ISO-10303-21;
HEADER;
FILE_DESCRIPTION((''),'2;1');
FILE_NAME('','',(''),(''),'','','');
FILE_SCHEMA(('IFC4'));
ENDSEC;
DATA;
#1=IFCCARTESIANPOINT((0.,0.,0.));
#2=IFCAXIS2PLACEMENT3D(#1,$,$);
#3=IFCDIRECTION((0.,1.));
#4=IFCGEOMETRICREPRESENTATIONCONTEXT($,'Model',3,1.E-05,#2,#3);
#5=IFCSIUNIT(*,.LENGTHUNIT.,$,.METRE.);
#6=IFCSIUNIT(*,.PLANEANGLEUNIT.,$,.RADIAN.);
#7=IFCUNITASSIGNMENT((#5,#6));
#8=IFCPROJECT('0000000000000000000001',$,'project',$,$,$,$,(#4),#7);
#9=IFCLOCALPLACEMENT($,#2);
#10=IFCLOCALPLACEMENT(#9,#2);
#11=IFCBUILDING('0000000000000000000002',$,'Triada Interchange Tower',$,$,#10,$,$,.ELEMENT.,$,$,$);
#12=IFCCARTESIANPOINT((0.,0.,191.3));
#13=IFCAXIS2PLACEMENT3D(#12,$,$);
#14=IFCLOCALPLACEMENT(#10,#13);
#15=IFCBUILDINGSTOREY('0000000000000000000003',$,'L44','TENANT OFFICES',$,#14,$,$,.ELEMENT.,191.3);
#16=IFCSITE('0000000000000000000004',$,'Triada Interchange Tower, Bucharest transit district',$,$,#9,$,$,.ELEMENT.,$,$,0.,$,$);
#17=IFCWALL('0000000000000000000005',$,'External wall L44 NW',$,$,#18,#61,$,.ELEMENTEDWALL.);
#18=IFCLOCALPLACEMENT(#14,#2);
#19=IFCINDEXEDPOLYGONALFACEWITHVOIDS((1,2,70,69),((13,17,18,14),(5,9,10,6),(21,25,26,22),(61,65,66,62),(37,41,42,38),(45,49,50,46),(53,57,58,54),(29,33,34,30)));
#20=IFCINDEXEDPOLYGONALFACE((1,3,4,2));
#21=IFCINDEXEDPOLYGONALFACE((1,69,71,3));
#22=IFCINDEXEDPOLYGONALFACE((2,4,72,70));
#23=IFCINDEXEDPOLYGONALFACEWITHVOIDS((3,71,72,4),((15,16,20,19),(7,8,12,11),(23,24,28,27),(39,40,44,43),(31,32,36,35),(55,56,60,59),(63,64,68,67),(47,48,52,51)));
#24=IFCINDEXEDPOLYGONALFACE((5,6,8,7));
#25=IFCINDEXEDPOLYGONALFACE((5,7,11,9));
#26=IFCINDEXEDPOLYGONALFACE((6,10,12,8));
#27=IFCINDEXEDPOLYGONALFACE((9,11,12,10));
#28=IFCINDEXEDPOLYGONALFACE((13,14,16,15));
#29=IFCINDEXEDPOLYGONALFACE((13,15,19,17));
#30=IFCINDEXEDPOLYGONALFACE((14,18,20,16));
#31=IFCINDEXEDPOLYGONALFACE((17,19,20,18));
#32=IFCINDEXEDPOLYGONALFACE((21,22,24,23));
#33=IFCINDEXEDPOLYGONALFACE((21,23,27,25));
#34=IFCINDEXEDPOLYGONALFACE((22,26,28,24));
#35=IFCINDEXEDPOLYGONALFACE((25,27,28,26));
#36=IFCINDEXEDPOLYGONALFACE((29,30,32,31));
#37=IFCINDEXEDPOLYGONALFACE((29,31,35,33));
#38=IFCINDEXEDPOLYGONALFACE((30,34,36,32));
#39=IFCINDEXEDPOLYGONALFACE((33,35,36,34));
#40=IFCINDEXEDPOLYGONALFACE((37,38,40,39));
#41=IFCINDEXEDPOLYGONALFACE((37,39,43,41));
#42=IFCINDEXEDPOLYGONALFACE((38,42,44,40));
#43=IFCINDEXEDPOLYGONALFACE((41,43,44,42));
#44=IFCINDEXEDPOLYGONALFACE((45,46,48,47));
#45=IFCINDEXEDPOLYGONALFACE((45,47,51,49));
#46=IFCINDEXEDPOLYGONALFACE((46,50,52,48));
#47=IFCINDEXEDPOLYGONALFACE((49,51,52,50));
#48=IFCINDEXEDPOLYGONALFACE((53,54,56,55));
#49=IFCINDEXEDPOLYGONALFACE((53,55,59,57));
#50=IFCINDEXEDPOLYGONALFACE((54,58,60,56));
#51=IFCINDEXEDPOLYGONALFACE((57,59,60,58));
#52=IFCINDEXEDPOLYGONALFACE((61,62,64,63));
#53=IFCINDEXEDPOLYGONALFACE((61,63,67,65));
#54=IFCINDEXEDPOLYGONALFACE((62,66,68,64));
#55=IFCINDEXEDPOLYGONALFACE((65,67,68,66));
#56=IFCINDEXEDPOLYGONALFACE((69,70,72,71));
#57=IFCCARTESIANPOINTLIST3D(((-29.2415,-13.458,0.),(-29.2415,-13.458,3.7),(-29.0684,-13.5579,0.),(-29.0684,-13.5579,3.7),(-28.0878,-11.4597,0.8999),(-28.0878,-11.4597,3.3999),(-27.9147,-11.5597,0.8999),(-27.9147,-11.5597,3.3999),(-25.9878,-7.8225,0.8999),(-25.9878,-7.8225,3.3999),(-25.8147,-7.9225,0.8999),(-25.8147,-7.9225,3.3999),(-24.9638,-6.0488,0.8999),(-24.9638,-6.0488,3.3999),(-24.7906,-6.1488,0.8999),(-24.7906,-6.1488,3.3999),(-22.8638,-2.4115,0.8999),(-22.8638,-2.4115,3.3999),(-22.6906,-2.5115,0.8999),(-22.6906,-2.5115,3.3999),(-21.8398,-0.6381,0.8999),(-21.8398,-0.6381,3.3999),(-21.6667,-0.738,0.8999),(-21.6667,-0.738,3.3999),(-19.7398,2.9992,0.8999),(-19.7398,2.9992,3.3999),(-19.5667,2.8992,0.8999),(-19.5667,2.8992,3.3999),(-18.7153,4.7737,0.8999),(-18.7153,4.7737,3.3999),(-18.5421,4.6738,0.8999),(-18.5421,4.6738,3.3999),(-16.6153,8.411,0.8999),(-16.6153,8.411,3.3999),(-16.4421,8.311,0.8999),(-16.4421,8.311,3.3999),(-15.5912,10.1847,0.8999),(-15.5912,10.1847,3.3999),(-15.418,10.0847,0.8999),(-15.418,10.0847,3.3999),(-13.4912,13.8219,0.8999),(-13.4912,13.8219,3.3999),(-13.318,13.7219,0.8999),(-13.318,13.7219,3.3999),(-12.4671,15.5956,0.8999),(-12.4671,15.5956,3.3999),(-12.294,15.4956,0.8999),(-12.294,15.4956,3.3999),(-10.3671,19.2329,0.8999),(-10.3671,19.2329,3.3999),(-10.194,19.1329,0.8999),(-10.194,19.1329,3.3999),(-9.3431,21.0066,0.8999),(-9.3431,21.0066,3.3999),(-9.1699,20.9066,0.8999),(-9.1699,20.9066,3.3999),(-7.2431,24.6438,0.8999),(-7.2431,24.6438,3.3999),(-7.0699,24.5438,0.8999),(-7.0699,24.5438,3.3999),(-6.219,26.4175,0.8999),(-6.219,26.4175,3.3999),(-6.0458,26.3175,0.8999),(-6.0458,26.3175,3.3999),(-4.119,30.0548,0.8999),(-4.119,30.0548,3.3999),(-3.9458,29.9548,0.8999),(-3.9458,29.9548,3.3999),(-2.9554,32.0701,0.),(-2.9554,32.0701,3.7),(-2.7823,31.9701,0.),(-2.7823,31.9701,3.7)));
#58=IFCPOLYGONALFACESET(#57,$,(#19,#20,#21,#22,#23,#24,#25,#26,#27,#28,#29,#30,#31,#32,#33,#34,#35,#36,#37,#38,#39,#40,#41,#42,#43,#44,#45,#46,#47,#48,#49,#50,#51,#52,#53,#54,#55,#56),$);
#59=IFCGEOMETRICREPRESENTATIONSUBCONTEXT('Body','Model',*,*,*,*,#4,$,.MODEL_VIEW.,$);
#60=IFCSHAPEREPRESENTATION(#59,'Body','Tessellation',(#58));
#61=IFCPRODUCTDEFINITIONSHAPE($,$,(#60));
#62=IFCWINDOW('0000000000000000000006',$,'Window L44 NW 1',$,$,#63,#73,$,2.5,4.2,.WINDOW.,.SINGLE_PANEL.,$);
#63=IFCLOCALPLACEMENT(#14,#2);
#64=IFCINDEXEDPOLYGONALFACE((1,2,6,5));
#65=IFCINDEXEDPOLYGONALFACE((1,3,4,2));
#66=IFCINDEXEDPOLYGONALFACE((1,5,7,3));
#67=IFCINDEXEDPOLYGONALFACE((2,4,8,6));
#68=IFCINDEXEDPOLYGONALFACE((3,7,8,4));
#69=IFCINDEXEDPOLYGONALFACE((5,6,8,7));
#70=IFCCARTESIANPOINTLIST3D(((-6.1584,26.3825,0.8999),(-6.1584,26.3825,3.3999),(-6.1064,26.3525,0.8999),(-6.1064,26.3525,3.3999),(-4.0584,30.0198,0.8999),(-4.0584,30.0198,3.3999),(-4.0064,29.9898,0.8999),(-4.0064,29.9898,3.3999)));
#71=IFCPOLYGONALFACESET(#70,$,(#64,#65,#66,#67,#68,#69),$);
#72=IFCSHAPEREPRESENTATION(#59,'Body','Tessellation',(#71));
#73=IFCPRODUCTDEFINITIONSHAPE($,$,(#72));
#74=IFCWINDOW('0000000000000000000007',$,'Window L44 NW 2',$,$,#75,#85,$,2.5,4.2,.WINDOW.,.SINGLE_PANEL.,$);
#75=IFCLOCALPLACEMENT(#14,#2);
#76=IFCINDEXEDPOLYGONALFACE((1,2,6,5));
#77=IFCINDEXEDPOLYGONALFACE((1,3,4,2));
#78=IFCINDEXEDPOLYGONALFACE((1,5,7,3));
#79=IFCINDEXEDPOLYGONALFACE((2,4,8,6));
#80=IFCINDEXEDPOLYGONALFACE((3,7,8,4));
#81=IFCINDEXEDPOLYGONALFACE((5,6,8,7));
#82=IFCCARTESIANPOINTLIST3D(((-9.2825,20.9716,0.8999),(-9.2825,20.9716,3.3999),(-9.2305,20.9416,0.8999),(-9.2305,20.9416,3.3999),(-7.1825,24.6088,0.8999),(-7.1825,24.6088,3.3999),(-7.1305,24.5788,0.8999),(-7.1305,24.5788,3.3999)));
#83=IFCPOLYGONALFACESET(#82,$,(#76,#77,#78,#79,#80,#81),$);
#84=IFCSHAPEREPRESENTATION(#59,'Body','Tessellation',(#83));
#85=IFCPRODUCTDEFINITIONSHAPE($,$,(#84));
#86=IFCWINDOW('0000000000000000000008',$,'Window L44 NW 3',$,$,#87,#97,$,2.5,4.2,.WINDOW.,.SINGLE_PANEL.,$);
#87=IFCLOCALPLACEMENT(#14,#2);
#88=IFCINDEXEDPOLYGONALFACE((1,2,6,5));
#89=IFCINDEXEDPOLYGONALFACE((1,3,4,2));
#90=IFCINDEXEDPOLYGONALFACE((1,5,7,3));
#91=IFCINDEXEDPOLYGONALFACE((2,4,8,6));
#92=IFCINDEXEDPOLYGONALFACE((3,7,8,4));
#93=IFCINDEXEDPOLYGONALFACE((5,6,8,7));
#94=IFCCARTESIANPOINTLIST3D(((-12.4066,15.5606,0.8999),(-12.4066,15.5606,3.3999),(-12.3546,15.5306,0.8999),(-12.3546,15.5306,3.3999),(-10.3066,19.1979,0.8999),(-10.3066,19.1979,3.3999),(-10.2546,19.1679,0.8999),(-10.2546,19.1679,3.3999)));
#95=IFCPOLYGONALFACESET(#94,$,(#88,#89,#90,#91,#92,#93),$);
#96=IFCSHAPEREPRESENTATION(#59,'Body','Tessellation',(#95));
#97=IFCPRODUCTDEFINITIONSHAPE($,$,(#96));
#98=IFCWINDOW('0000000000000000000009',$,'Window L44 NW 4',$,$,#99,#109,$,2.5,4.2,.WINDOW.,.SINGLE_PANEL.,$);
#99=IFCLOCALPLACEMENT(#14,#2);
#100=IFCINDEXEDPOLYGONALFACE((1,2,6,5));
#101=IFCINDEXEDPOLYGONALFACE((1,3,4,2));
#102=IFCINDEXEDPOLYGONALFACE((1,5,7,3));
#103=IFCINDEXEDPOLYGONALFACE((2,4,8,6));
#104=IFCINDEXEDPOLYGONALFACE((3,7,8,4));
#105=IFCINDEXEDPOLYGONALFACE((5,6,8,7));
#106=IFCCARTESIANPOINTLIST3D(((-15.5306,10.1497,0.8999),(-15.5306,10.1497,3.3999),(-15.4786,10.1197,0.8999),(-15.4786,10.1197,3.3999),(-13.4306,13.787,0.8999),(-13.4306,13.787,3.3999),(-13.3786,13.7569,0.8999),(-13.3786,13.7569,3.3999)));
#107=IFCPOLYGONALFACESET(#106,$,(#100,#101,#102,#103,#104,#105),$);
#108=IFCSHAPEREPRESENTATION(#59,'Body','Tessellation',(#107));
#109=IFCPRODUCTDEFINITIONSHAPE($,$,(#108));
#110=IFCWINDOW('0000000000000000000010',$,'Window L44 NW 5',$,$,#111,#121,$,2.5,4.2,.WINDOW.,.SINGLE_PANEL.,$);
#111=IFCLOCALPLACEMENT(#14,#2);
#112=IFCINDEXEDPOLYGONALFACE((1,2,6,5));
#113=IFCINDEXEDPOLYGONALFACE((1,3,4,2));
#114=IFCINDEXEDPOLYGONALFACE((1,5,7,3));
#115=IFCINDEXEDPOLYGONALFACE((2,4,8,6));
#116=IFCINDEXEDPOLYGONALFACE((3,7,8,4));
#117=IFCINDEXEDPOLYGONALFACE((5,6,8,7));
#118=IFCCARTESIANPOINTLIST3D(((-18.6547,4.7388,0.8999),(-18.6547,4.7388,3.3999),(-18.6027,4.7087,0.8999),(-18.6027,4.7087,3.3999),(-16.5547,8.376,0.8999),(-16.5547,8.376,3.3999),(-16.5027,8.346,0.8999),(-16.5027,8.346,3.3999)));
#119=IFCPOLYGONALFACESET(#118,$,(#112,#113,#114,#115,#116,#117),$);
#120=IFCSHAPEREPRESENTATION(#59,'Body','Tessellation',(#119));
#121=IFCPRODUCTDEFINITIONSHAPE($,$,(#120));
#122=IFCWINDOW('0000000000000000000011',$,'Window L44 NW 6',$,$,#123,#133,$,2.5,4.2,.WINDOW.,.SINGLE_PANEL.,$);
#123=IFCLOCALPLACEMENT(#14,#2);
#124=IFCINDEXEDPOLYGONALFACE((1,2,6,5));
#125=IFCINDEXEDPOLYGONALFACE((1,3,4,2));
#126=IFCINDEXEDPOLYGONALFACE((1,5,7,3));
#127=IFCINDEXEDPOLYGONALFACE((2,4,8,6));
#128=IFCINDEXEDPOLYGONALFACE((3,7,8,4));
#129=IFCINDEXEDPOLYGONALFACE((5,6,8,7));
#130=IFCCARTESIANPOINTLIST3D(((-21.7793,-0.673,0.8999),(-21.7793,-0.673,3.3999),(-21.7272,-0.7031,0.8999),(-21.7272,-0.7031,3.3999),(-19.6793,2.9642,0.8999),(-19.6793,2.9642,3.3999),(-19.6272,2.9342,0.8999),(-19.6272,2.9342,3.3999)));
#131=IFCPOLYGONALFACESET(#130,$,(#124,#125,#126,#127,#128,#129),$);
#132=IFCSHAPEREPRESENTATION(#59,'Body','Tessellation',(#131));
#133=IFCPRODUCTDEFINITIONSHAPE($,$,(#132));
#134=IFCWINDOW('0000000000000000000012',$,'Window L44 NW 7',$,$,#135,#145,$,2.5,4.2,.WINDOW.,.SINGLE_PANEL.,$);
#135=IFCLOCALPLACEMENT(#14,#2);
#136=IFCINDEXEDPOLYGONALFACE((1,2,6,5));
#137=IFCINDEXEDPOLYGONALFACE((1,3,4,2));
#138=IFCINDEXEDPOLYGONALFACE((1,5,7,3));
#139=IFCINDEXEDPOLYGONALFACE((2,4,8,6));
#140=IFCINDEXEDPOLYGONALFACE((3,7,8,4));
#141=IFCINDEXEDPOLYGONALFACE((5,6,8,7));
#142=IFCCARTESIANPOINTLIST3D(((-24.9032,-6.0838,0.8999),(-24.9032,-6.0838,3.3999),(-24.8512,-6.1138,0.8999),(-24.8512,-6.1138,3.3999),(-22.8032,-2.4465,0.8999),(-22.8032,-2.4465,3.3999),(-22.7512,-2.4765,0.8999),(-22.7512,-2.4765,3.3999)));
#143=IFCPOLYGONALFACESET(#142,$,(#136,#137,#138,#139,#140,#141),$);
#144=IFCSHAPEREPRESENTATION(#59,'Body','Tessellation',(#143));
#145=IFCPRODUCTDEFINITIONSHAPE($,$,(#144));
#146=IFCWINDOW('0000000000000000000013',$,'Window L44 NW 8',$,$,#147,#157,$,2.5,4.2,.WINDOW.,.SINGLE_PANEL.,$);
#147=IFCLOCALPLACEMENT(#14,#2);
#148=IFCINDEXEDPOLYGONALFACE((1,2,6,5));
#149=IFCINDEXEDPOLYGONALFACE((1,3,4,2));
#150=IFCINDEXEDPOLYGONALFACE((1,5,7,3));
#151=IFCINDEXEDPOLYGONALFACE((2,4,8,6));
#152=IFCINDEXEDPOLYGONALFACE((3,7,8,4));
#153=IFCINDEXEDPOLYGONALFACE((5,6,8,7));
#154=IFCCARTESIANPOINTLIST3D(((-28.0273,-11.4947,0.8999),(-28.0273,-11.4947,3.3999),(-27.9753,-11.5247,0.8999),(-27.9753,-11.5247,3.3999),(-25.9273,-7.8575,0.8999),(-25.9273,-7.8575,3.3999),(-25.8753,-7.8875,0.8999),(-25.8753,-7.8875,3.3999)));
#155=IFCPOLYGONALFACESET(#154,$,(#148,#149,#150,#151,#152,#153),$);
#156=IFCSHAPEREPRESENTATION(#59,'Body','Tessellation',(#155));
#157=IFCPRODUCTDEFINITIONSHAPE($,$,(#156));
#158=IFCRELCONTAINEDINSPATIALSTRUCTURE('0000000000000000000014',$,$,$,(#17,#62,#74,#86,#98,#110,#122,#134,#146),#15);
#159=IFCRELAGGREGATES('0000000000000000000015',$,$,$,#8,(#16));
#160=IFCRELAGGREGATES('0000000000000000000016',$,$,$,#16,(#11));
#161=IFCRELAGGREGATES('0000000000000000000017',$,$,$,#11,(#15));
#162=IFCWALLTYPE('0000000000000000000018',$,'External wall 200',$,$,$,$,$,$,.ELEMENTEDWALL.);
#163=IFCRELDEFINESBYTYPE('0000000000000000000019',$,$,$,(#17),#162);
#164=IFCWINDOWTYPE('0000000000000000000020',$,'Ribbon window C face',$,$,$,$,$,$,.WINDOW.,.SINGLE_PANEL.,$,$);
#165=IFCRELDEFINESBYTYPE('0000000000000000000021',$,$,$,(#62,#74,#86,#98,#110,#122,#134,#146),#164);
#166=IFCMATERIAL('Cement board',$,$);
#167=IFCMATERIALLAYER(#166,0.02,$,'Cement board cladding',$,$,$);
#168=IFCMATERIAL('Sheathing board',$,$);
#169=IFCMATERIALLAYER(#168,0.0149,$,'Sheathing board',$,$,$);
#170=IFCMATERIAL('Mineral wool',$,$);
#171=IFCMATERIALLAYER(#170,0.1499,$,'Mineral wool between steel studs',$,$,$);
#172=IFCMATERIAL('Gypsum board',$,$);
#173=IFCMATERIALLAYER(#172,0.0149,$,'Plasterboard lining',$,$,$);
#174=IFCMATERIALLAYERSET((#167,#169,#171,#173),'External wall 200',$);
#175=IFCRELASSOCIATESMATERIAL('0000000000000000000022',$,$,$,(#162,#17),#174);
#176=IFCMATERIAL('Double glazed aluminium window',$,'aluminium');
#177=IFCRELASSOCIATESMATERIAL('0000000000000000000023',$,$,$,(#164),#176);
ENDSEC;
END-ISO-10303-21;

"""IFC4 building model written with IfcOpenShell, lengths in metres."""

from ifc_helpers import new_model, si_unit, direction, frame, frame_2d, origin, place, context, subcontext, project, spatial, rectangle, extrude, material, layer, layer_set, layer_usage, type_object, element, fill, save


model = new_model("IFC4")

# Units and contexts
model_context = context("Model", 3, precision=1e-05, world=origin(), true_north=direction((0.0, 1.0)))
body_context = subcontext(model_context, "Body", "Model", "MODEL_VIEW")
ifc_project = project(units=[si_unit("LENGTHUNIT", "METRE"), si_unit("PLANEANGLEUNIT", "RADIAN")], contexts=[model_context])

# Site, building, storey
site_placement = place(None, origin())
site = spatial("IfcSite", under=ifc_project, at=site_placement, Name="Triada Interchange Tower, Bucharest transit district", CompositionType="ELEMENT", RefElevation=0.0)
building_placement = place(site_placement, origin())
building = spatial("IfcBuilding", under=site, at=building_placement, Name="Triada Interchange Tower", CompositionType="ELEMENT")
storey_placement = place(building_placement, frame((0.0, 0.0, 191.3)))
storey = spatial("IfcBuildingStorey", under=building, at=storey_placement, Name="L44", Description="TENANT OFFICES", CompositionType="ELEMENT", Elevation=191.3)

# Wall, openings, windows
ifc_material_1 = material(Name="Cement board")
ifc_layer_1 = layer(ifc_material_1, 0.02, Name="Cement board cladding")
ifc_material_2 = material(Name="Sheathing board")
ifc_layer_2 = layer(ifc_material_2, 0.0149, Name="Sheathing board")
ifc_material_3 = material(Name="Mineral wool")
ifc_layer_3 = layer(ifc_material_3, 0.1499, Name="Mineral wool between steel studs")
ifc_material_4 = material(Name="Gypsum board")
ifc_layer_4 = layer(ifc_material_4, 0.0149, Name="Plasterboard lining")
ifc_layer_set_1 = layer_set([ifc_layer_1, ifc_layer_2, ifc_layer_3, ifc_layer_4], Name="External wall 200")
ifc_layer_usage = layer_usage(ifc_layer_set_1, "AXIS2", "POSITIVE", -0.1001)
wall_type_1 = type_object("IfcWallType", Name="External wall 200", PredefinedType="ELEMENTEDWALL", material=ifc_layer_set_1)
wall_1_placement = place(storey_placement, frame((-2.8689, 32.02, 0.0), z_axis=(0.0, 0.0, 1.0), x_axis=(-0.500007, -0.866021, 0.0)))
wall_1 = element("IfcWall", 1, at=wall_1_placement, inside=storey, type_object=wall_type_1, material=ifc_layer_usage, Name="External wall L44 NW", PredefinedType="ELEMENTEDWALL", context=body_context, shape_type="SweptSolid", body=[
    extrude(rectangle(XDim=52.5715, YDim=0.2, at=frame_2d((26.2856, 0.0))), origin(), (0.0, 0.0, 1.0), 3.7),
])
opening_1_placement = place(wall_1_placement, frame((2.3269, 0.0, 0.8999)))
opening_1 = element("IfcOpeningElement", 2, at=opening_1_placement, cuts=wall_1, PredefinedType="OPENING", context=body_context, shape_type="SweptSolid", body=[
    extrude(rectangle(XDim=4.2, YDim=2.5, at=frame_2d((2.1001, 1.25))), frame((0.0, 0.1099, 0.0), z_axis=(0.0, -1.0, 0.0), x_axis=(1.0, 0.0, 0.0)), (0.0, 0.0, 1.0), 0.22),
])
opening_2_placement = place(wall_1_placement, frame((8.575, 0.0, 0.8999)))
opening_2 = element("IfcOpeningElement", 3, at=opening_2_placement, cuts=wall_1, PredefinedType="OPENING", context=body_context, shape_type="SweptSolid", body=[
    extrude(rectangle(XDim=4.2, YDim=2.5, at=frame_2d((2.1001, 1.25))), frame((0.0, 0.1099, 0.0), z_axis=(0.0, -1.0, 0.0), x_axis=(1.0, 0.0, 0.0)), (0.0, 0.0, 1.0), 0.22),
])
opening_3_placement = place(wall_1_placement, frame((14.823, 0.0, 0.8999)))
opening_3 = element("IfcOpeningElement", 4, at=opening_3_placement, cuts=wall_1, PredefinedType="OPENING", context=body_context, shape_type="SweptSolid", body=[
    extrude(rectangle(XDim=4.2, YDim=2.5, at=frame_2d((2.1001, 1.25))), frame((0.0, 0.1099, 0.0), z_axis=(0.0, -1.0, 0.0), x_axis=(1.0, 0.0, 0.0)), (0.0, 0.0, 1.0), 0.22),
])
opening_4_placement = place(wall_1_placement, frame((21.071, 0.0, 0.8999)))
opening_4 = element("IfcOpeningElement", 5, at=opening_4_placement, cuts=wall_1, PredefinedType="OPENING", context=body_context, shape_type="SweptSolid", body=[
    extrude(rectangle(XDim=4.2, YDim=2.5, at=frame_2d((2.1001, 1.25))), frame((0.0, 0.1099, 0.0), z_axis=(0.0, -1.0, 0.0), x_axis=(1.0, 0.0, 0.0)), (0.0, 0.0, 1.0), 0.22),
])
opening_5_placement = place(wall_1_placement, frame((27.3191, 0.0, 0.8999)))
opening_5 = element("IfcOpeningElement", 6, at=opening_5_placement, cuts=wall_1, PredefinedType="OPENING", context=body_context, shape_type="SweptSolid", body=[
    extrude(rectangle(XDim=4.2, YDim=2.5, at=frame_2d((2.1001, 1.25))), frame((0.0, 0.1099, 0.0), z_axis=(0.0, -1.0, 0.0), x_axis=(1.0, 0.0, 0.0)), (0.0, 0.0, 1.0), 0.22),
])
opening_6_placement = place(wall_1_placement, frame((33.5681, 0.0, 0.8999)))
opening_6 = element("IfcOpeningElement", 7, at=opening_6_placement, cuts=wall_1, PredefinedType="OPENING", context=body_context, shape_type="SweptSolid", body=[
    extrude(rectangle(XDim=4.2, YDim=2.5, at=frame_2d((2.1001, 1.25))), frame((0.0, 0.1099, 0.0), z_axis=(0.0, -1.0, 0.0), x_axis=(1.0, 0.0, 0.0)), (0.0, 0.0, 1.0), 0.22),
])
opening_7_placement = place(wall_1_placement, frame((39.8159, 0.0, 0.8999)))
opening_7 = element("IfcOpeningElement", 8, at=opening_7_placement, cuts=wall_1, PredefinedType="OPENING", context=body_context, shape_type="SweptSolid", body=[
    extrude(rectangle(XDim=4.2, YDim=2.5, at=frame_2d((2.1001, 1.25))), frame((0.0, 0.1099, 0.0), z_axis=(0.0, -1.0, 0.0), x_axis=(1.0, 0.0, 0.0)), (0.0, 0.0, 1.0), 0.22),
])
opening_8_placement = place(wall_1_placement, frame((46.064, 0.0, 0.8999)))
opening_8 = element("IfcOpeningElement", 9, at=opening_8_placement, cuts=wall_1, PredefinedType="OPENING", context=body_context, shape_type="SweptSolid", body=[
    extrude(rectangle(XDim=4.2, YDim=2.5, at=frame_2d((2.1001, 1.25))), frame((0.0, 0.1099, 0.0), z_axis=(0.0, -1.0, 0.0), x_axis=(1.0, 0.0, 0.0)), (0.0, 0.0, 1.0), 0.22),
])
ifc_material_5 = material(Name="Double glazed aluminium window", Category="aluminium")
window_type = type_object("IfcWindowType", Name="Ribbon window C face", PartitioningType="SINGLE_PANEL", PredefinedType="WINDOW", material=ifc_material_5)
window_1_placement = place(opening_1_placement, origin())
window_1 = element("IfcWindow", 10, at=window_1_placement, inside=storey, type_object=window_type, Name="Window L44 NW 1", OverallHeight=2.5, OverallWidth=4.2, PartitioningType="SINGLE_PANEL", PredefinedType="WINDOW", context=body_context, shape_type="SweptSolid", body=[
    extrude(rectangle(XDim=4.2, YDim=2.5, at=frame_2d((2.1001, 1.25))), frame((0.0, 0.03, 0.0), z_axis=(0.0, -1.0, 0.0), x_axis=(1.0, 0.0, 0.0)), (0.0, 0.0, 1.0), 0.0601),
])
fill(opening_1, window_1)
window_2_placement = place(opening_2_placement, origin())
window_2 = element("IfcWindow", 11, at=window_2_placement, inside=storey, type_object=window_type, Name="Window L44 NW 2", OverallHeight=2.5, OverallWidth=4.2, PartitioningType="SINGLE_PANEL", PredefinedType="WINDOW", context=body_context, shape_type="SweptSolid", body=[
    extrude(rectangle(XDim=4.2, YDim=2.5, at=frame_2d((2.1001, 1.25))), frame((0.0, 0.03, 0.0), z_axis=(0.0, -1.0, 0.0), x_axis=(1.0, 0.0, 0.0)), (0.0, 0.0, 1.0), 0.0601),
])
fill(opening_2, window_2)
window_3_placement = place(opening_3_placement, origin())
window_3 = element("IfcWindow", 12, at=window_3_placement, inside=storey, type_object=window_type, Name="Window L44 NW 3", OverallHeight=2.5, OverallWidth=4.2, PartitioningType="SINGLE_PANEL", PredefinedType="WINDOW", context=body_context, shape_type="SweptSolid", body=[
    extrude(rectangle(XDim=4.2, YDim=2.5, at=frame_2d((2.1001, 1.25))), frame((0.0, 0.03, 0.0), z_axis=(0.0, -1.0, 0.0), x_axis=(1.0, 0.0, 0.0)), (0.0, 0.0, 1.0), 0.0601),
])
fill(opening_3, window_3)
window_4_placement = place(opening_4_placement, origin())
window_4 = element("IfcWindow", 13, at=window_4_placement, inside=storey, type_object=window_type, Name="Window L44 NW 4", OverallHeight=2.5, OverallWidth=4.2, PartitioningType="SINGLE_PANEL", PredefinedType="WINDOW", context=body_context, shape_type="SweptSolid", body=[
    extrude(rectangle(XDim=4.2, YDim=2.5, at=frame_2d((2.1001, 1.25))), frame((0.0, 0.03, 0.0), z_axis=(0.0, -1.0, 0.0), x_axis=(1.0, 0.0, 0.0)), (0.0, 0.0, 1.0), 0.0601),
])
fill(opening_4, window_4)
window_5_placement = place(opening_5_placement, origin())
window_5 = element("IfcWindow", 14, at=window_5_placement, inside=storey, type_object=window_type, Name="Window L44 NW 5", OverallHeight=2.5, OverallWidth=4.2, PartitioningType="SINGLE_PANEL", PredefinedType="WINDOW", context=body_context, shape_type="SweptSolid", body=[
    extrude(rectangle(XDim=4.2, YDim=2.5, at=frame_2d((2.1001, 1.25))), frame((0.0, 0.03, 0.0), z_axis=(0.0, -1.0, 0.0), x_axis=(1.0, 0.0, 0.0)), (0.0, 0.0, 1.0), 0.0601),
])
fill(opening_5, window_5)
window_6_placement = place(opening_6_placement, origin())
window_6 = element("IfcWindow", 15, at=window_6_placement, inside=storey, type_object=window_type, Name="Window L44 NW 6", OverallHeight=2.5, OverallWidth=4.2, PartitioningType="SINGLE_PANEL", PredefinedType="WINDOW", context=body_context, shape_type="SweptSolid", body=[
    extrude(rectangle(XDim=4.2, YDim=2.5, at=frame_2d((2.1001, 1.25))), frame((0.0, 0.03, 0.0), z_axis=(0.0, -1.0, 0.0), x_axis=(1.0, 0.0, 0.0)), (0.0, 0.0, 1.0), 0.0601),
])
fill(opening_6, window_6)
window_7_placement = place(opening_7_placement, origin())
window_7 = element("IfcWindow", 16, at=window_7_placement, inside=storey, type_object=window_type, Name="Window L44 NW 7", OverallHeight=2.5, OverallWidth=4.2, PartitioningType="SINGLE_PANEL", PredefinedType="WINDOW", context=body_context, shape_type="SweptSolid", body=[
    extrude(rectangle(XDim=4.2, YDim=2.5, at=frame_2d((2.1001, 1.25))), frame((0.0, 0.03, 0.0), z_axis=(0.0, -1.0, 0.0), x_axis=(1.0, 0.0, 0.0)), (0.0, 0.0, 1.0), 0.0601),
])
fill(opening_7, window_7)
window_8_placement = place(opening_8_placement, origin())
window_8 = element("IfcWindow", 17, at=window_8_placement, inside=storey, type_object=window_type, Name="Window L44 NW 8", OverallHeight=2.5, OverallWidth=4.2, PartitioningType="SINGLE_PANEL", PredefinedType="WINDOW", context=body_context, shape_type="SweptSolid", body=[
    extrude(rectangle(XDim=4.2, YDim=2.5, at=frame_2d((2.1001, 1.25))), frame((0.0, 0.03, 0.0), z_axis=(0.0, -1.0, 0.0), x_axis=(1.0, 0.0, 0.0)), (0.0, 0.0, 1.0), 0.0601),
])
fill(opening_8, window_8)

save(model, "model.ifc")
